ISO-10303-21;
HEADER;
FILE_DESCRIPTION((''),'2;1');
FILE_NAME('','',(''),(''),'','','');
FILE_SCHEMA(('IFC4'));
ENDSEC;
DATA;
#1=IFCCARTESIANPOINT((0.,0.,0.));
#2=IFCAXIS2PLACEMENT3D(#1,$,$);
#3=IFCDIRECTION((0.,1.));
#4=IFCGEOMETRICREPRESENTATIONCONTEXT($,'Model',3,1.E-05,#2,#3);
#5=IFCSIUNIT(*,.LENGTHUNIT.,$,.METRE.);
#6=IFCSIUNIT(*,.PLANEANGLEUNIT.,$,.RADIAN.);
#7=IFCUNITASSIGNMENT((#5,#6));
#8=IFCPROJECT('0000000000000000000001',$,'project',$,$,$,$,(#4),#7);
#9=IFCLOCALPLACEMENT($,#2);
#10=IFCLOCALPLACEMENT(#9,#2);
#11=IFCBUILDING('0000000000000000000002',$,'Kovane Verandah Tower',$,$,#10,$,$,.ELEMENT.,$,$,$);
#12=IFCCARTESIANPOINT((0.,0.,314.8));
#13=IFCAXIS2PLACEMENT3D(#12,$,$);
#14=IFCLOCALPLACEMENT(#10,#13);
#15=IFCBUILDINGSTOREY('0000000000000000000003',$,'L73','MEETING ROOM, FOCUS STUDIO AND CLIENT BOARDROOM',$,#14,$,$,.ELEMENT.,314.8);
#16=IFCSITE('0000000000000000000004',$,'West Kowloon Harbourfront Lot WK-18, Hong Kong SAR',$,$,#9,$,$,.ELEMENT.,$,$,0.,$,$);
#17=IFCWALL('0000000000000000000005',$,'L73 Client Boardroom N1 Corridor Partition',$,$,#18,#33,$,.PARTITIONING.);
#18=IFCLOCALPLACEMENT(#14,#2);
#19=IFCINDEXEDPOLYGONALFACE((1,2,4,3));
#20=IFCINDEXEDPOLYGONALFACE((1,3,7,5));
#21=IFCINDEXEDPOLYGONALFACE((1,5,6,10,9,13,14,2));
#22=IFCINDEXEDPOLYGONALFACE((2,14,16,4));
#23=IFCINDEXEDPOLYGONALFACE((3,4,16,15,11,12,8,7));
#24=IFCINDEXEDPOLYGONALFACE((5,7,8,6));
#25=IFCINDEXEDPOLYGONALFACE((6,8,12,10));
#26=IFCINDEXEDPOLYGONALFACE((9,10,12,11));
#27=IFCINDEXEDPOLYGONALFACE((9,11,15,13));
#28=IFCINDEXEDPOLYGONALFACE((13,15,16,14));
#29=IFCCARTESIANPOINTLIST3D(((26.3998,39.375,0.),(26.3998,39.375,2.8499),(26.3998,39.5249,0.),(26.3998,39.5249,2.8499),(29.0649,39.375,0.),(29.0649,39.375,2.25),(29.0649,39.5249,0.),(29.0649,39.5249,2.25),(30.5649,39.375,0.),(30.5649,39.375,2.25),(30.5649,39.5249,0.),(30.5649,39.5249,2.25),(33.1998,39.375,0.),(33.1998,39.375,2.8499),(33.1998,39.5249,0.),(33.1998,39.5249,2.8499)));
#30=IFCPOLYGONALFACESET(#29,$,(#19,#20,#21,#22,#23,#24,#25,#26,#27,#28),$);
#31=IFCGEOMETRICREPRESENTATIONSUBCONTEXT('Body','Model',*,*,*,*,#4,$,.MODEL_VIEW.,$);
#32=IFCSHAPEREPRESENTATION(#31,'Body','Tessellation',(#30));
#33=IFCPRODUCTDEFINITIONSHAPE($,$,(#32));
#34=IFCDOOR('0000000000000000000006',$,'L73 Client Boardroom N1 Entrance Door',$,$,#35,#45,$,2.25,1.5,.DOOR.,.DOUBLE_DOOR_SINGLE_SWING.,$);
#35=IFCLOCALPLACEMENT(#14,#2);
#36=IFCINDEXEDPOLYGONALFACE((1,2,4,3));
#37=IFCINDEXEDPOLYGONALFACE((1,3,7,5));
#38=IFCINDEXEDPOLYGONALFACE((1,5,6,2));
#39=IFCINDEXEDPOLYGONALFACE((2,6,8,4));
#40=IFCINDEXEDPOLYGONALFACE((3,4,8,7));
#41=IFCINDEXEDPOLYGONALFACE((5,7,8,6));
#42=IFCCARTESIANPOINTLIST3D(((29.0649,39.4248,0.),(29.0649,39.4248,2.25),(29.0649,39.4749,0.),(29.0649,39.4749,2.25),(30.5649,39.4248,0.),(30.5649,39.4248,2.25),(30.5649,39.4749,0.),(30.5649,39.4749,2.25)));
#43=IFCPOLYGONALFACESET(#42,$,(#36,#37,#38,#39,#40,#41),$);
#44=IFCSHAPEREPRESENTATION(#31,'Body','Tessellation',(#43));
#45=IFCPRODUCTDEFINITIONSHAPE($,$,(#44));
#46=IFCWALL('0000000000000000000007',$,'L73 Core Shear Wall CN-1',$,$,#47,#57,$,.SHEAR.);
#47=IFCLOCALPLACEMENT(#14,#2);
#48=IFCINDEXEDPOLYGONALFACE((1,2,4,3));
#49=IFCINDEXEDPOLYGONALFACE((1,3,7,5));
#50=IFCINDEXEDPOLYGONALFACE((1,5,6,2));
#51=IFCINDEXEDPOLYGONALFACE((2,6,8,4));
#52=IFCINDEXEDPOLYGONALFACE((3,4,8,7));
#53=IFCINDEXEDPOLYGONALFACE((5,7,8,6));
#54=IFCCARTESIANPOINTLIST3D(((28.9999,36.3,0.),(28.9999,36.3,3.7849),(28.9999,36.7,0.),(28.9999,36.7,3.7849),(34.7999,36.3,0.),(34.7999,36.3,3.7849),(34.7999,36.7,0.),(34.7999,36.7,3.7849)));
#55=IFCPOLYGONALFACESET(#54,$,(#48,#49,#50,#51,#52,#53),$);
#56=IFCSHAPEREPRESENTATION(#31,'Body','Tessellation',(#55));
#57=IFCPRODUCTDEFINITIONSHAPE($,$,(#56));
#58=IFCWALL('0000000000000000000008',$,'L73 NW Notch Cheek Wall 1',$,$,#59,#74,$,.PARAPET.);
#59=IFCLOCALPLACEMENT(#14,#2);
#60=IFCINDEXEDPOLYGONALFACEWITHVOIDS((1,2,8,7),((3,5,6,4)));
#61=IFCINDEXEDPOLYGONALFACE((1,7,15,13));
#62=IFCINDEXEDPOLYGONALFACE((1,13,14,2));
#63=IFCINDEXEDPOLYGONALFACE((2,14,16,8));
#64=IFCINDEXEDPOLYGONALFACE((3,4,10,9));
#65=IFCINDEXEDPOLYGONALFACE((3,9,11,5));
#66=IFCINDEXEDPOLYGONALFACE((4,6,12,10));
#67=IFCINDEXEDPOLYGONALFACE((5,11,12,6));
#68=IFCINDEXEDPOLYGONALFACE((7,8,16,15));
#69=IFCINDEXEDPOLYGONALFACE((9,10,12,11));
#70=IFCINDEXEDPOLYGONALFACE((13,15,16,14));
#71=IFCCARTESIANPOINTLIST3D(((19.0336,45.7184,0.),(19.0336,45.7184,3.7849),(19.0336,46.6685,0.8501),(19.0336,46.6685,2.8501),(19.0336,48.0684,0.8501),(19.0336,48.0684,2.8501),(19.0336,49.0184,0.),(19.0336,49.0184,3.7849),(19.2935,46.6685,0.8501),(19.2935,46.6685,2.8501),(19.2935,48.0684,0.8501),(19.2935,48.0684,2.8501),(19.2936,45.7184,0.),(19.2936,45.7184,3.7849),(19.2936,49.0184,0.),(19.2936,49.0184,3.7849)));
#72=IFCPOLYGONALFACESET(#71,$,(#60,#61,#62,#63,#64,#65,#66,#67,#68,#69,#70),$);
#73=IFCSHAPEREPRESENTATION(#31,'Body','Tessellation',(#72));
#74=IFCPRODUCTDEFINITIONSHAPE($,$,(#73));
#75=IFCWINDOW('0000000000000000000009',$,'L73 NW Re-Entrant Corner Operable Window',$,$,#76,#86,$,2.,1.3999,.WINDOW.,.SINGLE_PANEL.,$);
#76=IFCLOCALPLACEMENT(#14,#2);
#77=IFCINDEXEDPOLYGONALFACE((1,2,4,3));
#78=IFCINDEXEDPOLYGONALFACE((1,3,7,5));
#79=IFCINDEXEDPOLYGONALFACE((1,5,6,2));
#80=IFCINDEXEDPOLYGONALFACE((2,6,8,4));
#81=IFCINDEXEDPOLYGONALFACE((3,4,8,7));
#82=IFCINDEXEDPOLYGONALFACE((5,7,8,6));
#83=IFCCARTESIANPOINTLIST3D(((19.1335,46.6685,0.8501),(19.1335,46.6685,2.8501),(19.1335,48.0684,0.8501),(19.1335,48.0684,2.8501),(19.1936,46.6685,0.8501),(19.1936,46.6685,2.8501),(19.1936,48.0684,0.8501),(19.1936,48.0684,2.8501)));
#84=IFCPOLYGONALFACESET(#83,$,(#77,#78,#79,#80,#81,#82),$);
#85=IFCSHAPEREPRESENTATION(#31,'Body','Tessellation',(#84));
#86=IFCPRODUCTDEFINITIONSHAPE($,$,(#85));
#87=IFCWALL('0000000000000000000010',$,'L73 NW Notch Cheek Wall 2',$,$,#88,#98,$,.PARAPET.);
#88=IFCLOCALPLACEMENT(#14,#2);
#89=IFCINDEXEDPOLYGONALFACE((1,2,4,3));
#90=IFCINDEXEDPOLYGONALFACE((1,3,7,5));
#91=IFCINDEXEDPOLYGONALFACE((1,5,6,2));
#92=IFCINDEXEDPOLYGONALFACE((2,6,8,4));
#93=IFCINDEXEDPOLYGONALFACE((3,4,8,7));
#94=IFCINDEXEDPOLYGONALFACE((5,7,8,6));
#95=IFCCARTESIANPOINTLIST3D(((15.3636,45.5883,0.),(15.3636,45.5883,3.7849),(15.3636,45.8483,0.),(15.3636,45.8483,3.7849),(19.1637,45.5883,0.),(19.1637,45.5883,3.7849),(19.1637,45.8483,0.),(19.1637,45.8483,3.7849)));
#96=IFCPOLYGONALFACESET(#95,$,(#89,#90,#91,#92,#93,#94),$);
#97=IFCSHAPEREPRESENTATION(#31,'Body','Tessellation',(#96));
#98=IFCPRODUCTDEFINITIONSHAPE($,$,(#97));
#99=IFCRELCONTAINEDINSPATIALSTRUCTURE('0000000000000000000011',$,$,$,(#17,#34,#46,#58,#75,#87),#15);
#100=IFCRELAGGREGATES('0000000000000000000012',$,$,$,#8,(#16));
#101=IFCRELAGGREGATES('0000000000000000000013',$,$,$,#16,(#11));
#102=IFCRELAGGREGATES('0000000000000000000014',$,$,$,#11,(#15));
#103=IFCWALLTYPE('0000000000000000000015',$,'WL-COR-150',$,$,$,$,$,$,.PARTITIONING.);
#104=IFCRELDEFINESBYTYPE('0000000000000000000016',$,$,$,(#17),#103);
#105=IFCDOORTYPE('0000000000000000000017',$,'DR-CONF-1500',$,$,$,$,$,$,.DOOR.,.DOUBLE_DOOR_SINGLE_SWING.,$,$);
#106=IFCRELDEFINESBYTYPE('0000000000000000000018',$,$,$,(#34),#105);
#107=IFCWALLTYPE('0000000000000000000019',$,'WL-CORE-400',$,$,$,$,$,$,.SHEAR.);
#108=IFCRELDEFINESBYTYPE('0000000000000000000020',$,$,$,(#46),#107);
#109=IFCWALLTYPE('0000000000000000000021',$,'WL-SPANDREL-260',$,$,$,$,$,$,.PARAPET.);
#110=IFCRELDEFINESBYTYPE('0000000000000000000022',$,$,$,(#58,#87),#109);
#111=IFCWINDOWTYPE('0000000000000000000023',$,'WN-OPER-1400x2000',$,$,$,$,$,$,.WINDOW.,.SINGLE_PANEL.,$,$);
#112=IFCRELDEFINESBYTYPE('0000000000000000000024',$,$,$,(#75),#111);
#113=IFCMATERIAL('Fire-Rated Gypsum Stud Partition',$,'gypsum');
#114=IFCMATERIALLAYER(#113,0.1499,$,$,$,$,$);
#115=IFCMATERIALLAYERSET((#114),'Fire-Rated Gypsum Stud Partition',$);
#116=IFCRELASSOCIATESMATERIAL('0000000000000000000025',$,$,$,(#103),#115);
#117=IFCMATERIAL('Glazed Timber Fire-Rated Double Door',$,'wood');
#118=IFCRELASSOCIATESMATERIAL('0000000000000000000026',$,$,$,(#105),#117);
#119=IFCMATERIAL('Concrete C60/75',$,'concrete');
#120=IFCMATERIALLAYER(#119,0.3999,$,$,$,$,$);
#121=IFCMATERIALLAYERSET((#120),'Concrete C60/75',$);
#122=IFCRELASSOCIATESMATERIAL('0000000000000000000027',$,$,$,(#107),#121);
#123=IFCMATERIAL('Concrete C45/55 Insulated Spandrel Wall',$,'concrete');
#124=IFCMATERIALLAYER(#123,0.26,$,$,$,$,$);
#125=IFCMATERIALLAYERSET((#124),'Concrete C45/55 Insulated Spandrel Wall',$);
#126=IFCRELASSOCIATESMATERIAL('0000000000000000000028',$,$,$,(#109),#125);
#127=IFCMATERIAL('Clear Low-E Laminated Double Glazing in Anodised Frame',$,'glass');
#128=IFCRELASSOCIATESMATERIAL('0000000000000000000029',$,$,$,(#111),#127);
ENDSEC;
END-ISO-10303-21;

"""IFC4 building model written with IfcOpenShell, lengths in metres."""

from ifc_helpers import new_model, si_unit, direction, frame, frame_2d, origin, place, context, subcontext, project, spatial, rectangle, extrude, material, layer, layer_set, type_object, element, fill, save


model = new_model("IFC4")

# Units and contexts
model_context = context("Model", 3, precision=1e-05, world=origin(), true_north=direction((0.0, 1.0)))
body_context = subcontext(model_context, "Body", "Model", "MODEL_VIEW")
ifc_project = project(units=[si_unit("LENGTHUNIT", "METRE"), si_unit("PLANEANGLEUNIT", "RADIAN")], contexts=[model_context])

# Site, building, storey
site_placement = place(None, origin())
site = spatial("IfcSite", under=ifc_project, at=site_placement, Name="West Kowloon Harbourfront Lot WK-18, Hong Kong SAR", CompositionType="ELEMENT", RefElevation=0.0)
building_placement = place(site_placement, origin())
building = spatial("IfcBuilding", under=site, at=building_placement, Name="Kovane Verandah Tower", CompositionType="ELEMENT")
storey_placement = place(building_placement, frame((0.0, 0.0, 314.8)))
storey = spatial("IfcBuildingStorey", under=building, at=storey_placement, Name="L73", Description="MEETING ROOM, FOCUS STUDIO AND CLIENT BOARDROOM", CompositionType="ELEMENT", Elevation=314.8)

# Shared definitions
ifc_material_1 = material(Name="Concrete C60/75", Category="concrete")

# Wall, opening, door
ifc_material_2 = material(Name="Fire-Rated Gypsum Stud Partition", Category="gypsum")
ifc_layer_1 = layer(ifc_material_2, 0.1499)
ifc_layer_set_1 = layer_set([ifc_layer_1], Name="Fire-Rated Gypsum Stud Partition")
wall_type_1 = type_object("IfcWallType", Name="WL-COR-150", PredefinedType="PARTITIONING", material=ifc_layer_set_1)
wall_1_placement = place(storey_placement, frame((26.3999, 39.45, 0.0), z_axis=(0.0, 0.0, 1.0), x_axis=(1.0, 0.0, 0.0)))
wall_1 = element("IfcWall", 1, at=wall_1_placement, inside=storey, type_object=wall_type_1, Name="L73 Client Boardroom N1 Corridor Partition", PredefinedType="PARTITIONING", context=body_context, shape_type="SweptSolid", body=[
    extrude(rectangle(XDim=6.8, YDim=0.1499, at=frame_2d((3.3999, 0.0))), origin(), (0.0, 0.0, 1.0), 2.8499),
])
opening_1_placement = place(wall_1_placement, frame((2.665, 0.0, 0.0)))
opening_1 = element("IfcOpeningElement", 2, at=opening_1_placement, cuts=wall_1, PredefinedType="OPENING", context=body_context, shape_type="SweptSolid", body=[
    extrude(rectangle(XDim=1.5, YDim=2.25, at=frame_2d((0.75, 1.125))), frame((0.0, 0.075, 0.0), z_axis=(0.0, -1.0, 0.0), x_axis=(1.0, 0.0, 0.0)), (0.0, 0.0, 1.0), 0.1499),
])
ifc_material_3 = material(Name="Glazed Timber Fire-Rated Double Door", Category="wood")
door_type_1 = type_object("IfcDoorType", Name="DR-CONF-1500", OperationType="DOUBLE_DOOR_SINGLE_SWING", PredefinedType="DOOR", material=ifc_material_3)
door_1_placement = place(opening_1_placement, origin())
door_1 = element("IfcDoor", 3, at=door_1_placement, inside=storey, type_object=door_type_1, Name="L73 Client Boardroom N1 Entrance Door", OperationType="DOUBLE_DOOR_SINGLE_SWING", OverallHeight=2.25, OverallWidth=1.5, PredefinedType="DOOR", context=body_context, shape_type="SweptSolid", body=[
    extrude(rectangle(XDim=1.5, YDim=2.25, at=frame_2d((0.75, 1.125))), frame((0.0, 0.0249, 0.0), z_axis=(0.0, -1.0, 0.0), x_axis=(1.0, 0.0, 0.0)), (0.0, 0.0, 1.0), 0.05),
])
fill(opening_1, door_1)

# Wall
ifc_layer_2 = layer(ifc_material_1, 0.3999)
ifc_layer_set_2 = layer_set([ifc_layer_2], Name="Concrete C60/75")
wall_type_2 = type_object("IfcWallType", Name="WL-CORE-400", PredefinedType="SHEAR", material=ifc_layer_set_2)
wall_2_placement = place(storey_placement, frame((29.0, 36.5, 0.0), z_axis=(0.0, 0.0, 1.0), x_axis=(1.0, 0.0, 0.0)))
element("IfcWall", 4, at=wall_2_placement, inside=storey, type_object=wall_type_2, Name="L73 Core Shear Wall CN-1", PredefinedType="SHEAR", context=body_context, shape_type="SweptSolid", body=[
    extrude(rectangle(XDim=5.8, YDim=0.3999, at=frame_2d((2.8999, 0.0))), origin(), (0.0, 0.0, 1.0), 3.7849),
])

# Shared definitions
ifc_material_4 = material(Name="Concrete C45/55 Insulated Spandrel Wall", Category="concrete")
ifc_layer_3 = layer(ifc_material_4, 0.26)
ifc_layer_set_3 = layer_set([ifc_layer_3], Name="Concrete C45/55 Insulated Spandrel Wall")
wall_type_3 = type_object("IfcWallType", Name="WL-SPANDREL-260", PredefinedType="PARAPET", material=ifc_layer_set_3)
ifc_material_5 = material(Name="Clear Low-E Laminated Double Glazing in Anodised Frame", Category="glass")

# Wall, opening, window
wall_3_placement = place(storey_placement, frame((19.1636, 49.0183, 0.0), z_axis=(0.0, 0.0, 1.0), x_axis=(0.0, -1.0, 0.0)))
wall_3 = element("IfcWall", 5, at=wall_3_placement, inside=storey, type_object=wall_type_3, Name="L73 NW Notch Cheek Wall 1", PredefinedType="PARAPET", context=body_context, shape_type="SweptSolid", body=[
    extrude(rectangle(XDim=3.3, YDim=0.26, at=frame_2d((1.6499, 0.0))), origin(), (0.0, 0.0, 1.0), 3.7849),
])
opening_2_placement = place(wall_3_placement, frame((0.95, 0.0, 0.8501)))
opening_2 = element("IfcOpeningElement", 6, at=opening_2_placement, cuts=wall_3, PredefinedType="OPENING", context=body_context, shape_type="SweptSolid", body=[
    extrude(rectangle(XDim=1.3999, YDim=2.0, at=frame_2d((0.7, 1.0))), frame((0.0, 0.1299, 0.0), z_axis=(0.0, -1.0, 0.0), x_axis=(1.0, 0.0, 0.0)), (0.0, 0.0, 1.0), 0.26),
])
window_type_1 = type_object("IfcWindowType", Name="WN-OPER-1400x2000", PartitioningType="SINGLE_PANEL", PredefinedType="WINDOW", material=ifc_material_5)
window_1_placement = place(opening_2_placement, origin())
window_1 = element("IfcWindow", 7, at=window_1_placement, inside=storey, type_object=window_type_1, Name="L73 NW Re-Entrant Corner Operable Window", OverallHeight=2.0, OverallWidth=1.3999, PartitioningType="SINGLE_PANEL", PredefinedType="WINDOW", context=body_context, shape_type="SweptSolid", body=[
    extrude(rectangle(XDim=1.3999, YDim=2.0, at=frame_2d((0.7, 1.0))), frame((0.0, 0.03, 0.0), z_axis=(0.0, -1.0, 0.0), x_axis=(1.0, 0.0, 0.0)), (0.0, 0.0, 1.0), 0.0601),
])
fill(opening_2, window_1)

# Wall
wall_4_placement = place(storey_placement, frame((19.1636, 45.7183, 0.0), z_axis=(0.0, 0.0, 1.0), x_axis=(-1.0, 0.0, 0.0)))
element("IfcWall", 8, at=wall_4_placement, inside=storey, type_object=wall_type_3, Name="L73 NW Notch Cheek Wall 2", PredefinedType="PARAPET", context=body_context, shape_type="SweptSolid", body=[
    extrude(rectangle(XDim=3.8, YDim=0.26, at=frame_2d((1.8999, 0.0))), origin(), (0.0, 0.0, 1.0), 3.7849),
])

save(model, "model.ifc")
